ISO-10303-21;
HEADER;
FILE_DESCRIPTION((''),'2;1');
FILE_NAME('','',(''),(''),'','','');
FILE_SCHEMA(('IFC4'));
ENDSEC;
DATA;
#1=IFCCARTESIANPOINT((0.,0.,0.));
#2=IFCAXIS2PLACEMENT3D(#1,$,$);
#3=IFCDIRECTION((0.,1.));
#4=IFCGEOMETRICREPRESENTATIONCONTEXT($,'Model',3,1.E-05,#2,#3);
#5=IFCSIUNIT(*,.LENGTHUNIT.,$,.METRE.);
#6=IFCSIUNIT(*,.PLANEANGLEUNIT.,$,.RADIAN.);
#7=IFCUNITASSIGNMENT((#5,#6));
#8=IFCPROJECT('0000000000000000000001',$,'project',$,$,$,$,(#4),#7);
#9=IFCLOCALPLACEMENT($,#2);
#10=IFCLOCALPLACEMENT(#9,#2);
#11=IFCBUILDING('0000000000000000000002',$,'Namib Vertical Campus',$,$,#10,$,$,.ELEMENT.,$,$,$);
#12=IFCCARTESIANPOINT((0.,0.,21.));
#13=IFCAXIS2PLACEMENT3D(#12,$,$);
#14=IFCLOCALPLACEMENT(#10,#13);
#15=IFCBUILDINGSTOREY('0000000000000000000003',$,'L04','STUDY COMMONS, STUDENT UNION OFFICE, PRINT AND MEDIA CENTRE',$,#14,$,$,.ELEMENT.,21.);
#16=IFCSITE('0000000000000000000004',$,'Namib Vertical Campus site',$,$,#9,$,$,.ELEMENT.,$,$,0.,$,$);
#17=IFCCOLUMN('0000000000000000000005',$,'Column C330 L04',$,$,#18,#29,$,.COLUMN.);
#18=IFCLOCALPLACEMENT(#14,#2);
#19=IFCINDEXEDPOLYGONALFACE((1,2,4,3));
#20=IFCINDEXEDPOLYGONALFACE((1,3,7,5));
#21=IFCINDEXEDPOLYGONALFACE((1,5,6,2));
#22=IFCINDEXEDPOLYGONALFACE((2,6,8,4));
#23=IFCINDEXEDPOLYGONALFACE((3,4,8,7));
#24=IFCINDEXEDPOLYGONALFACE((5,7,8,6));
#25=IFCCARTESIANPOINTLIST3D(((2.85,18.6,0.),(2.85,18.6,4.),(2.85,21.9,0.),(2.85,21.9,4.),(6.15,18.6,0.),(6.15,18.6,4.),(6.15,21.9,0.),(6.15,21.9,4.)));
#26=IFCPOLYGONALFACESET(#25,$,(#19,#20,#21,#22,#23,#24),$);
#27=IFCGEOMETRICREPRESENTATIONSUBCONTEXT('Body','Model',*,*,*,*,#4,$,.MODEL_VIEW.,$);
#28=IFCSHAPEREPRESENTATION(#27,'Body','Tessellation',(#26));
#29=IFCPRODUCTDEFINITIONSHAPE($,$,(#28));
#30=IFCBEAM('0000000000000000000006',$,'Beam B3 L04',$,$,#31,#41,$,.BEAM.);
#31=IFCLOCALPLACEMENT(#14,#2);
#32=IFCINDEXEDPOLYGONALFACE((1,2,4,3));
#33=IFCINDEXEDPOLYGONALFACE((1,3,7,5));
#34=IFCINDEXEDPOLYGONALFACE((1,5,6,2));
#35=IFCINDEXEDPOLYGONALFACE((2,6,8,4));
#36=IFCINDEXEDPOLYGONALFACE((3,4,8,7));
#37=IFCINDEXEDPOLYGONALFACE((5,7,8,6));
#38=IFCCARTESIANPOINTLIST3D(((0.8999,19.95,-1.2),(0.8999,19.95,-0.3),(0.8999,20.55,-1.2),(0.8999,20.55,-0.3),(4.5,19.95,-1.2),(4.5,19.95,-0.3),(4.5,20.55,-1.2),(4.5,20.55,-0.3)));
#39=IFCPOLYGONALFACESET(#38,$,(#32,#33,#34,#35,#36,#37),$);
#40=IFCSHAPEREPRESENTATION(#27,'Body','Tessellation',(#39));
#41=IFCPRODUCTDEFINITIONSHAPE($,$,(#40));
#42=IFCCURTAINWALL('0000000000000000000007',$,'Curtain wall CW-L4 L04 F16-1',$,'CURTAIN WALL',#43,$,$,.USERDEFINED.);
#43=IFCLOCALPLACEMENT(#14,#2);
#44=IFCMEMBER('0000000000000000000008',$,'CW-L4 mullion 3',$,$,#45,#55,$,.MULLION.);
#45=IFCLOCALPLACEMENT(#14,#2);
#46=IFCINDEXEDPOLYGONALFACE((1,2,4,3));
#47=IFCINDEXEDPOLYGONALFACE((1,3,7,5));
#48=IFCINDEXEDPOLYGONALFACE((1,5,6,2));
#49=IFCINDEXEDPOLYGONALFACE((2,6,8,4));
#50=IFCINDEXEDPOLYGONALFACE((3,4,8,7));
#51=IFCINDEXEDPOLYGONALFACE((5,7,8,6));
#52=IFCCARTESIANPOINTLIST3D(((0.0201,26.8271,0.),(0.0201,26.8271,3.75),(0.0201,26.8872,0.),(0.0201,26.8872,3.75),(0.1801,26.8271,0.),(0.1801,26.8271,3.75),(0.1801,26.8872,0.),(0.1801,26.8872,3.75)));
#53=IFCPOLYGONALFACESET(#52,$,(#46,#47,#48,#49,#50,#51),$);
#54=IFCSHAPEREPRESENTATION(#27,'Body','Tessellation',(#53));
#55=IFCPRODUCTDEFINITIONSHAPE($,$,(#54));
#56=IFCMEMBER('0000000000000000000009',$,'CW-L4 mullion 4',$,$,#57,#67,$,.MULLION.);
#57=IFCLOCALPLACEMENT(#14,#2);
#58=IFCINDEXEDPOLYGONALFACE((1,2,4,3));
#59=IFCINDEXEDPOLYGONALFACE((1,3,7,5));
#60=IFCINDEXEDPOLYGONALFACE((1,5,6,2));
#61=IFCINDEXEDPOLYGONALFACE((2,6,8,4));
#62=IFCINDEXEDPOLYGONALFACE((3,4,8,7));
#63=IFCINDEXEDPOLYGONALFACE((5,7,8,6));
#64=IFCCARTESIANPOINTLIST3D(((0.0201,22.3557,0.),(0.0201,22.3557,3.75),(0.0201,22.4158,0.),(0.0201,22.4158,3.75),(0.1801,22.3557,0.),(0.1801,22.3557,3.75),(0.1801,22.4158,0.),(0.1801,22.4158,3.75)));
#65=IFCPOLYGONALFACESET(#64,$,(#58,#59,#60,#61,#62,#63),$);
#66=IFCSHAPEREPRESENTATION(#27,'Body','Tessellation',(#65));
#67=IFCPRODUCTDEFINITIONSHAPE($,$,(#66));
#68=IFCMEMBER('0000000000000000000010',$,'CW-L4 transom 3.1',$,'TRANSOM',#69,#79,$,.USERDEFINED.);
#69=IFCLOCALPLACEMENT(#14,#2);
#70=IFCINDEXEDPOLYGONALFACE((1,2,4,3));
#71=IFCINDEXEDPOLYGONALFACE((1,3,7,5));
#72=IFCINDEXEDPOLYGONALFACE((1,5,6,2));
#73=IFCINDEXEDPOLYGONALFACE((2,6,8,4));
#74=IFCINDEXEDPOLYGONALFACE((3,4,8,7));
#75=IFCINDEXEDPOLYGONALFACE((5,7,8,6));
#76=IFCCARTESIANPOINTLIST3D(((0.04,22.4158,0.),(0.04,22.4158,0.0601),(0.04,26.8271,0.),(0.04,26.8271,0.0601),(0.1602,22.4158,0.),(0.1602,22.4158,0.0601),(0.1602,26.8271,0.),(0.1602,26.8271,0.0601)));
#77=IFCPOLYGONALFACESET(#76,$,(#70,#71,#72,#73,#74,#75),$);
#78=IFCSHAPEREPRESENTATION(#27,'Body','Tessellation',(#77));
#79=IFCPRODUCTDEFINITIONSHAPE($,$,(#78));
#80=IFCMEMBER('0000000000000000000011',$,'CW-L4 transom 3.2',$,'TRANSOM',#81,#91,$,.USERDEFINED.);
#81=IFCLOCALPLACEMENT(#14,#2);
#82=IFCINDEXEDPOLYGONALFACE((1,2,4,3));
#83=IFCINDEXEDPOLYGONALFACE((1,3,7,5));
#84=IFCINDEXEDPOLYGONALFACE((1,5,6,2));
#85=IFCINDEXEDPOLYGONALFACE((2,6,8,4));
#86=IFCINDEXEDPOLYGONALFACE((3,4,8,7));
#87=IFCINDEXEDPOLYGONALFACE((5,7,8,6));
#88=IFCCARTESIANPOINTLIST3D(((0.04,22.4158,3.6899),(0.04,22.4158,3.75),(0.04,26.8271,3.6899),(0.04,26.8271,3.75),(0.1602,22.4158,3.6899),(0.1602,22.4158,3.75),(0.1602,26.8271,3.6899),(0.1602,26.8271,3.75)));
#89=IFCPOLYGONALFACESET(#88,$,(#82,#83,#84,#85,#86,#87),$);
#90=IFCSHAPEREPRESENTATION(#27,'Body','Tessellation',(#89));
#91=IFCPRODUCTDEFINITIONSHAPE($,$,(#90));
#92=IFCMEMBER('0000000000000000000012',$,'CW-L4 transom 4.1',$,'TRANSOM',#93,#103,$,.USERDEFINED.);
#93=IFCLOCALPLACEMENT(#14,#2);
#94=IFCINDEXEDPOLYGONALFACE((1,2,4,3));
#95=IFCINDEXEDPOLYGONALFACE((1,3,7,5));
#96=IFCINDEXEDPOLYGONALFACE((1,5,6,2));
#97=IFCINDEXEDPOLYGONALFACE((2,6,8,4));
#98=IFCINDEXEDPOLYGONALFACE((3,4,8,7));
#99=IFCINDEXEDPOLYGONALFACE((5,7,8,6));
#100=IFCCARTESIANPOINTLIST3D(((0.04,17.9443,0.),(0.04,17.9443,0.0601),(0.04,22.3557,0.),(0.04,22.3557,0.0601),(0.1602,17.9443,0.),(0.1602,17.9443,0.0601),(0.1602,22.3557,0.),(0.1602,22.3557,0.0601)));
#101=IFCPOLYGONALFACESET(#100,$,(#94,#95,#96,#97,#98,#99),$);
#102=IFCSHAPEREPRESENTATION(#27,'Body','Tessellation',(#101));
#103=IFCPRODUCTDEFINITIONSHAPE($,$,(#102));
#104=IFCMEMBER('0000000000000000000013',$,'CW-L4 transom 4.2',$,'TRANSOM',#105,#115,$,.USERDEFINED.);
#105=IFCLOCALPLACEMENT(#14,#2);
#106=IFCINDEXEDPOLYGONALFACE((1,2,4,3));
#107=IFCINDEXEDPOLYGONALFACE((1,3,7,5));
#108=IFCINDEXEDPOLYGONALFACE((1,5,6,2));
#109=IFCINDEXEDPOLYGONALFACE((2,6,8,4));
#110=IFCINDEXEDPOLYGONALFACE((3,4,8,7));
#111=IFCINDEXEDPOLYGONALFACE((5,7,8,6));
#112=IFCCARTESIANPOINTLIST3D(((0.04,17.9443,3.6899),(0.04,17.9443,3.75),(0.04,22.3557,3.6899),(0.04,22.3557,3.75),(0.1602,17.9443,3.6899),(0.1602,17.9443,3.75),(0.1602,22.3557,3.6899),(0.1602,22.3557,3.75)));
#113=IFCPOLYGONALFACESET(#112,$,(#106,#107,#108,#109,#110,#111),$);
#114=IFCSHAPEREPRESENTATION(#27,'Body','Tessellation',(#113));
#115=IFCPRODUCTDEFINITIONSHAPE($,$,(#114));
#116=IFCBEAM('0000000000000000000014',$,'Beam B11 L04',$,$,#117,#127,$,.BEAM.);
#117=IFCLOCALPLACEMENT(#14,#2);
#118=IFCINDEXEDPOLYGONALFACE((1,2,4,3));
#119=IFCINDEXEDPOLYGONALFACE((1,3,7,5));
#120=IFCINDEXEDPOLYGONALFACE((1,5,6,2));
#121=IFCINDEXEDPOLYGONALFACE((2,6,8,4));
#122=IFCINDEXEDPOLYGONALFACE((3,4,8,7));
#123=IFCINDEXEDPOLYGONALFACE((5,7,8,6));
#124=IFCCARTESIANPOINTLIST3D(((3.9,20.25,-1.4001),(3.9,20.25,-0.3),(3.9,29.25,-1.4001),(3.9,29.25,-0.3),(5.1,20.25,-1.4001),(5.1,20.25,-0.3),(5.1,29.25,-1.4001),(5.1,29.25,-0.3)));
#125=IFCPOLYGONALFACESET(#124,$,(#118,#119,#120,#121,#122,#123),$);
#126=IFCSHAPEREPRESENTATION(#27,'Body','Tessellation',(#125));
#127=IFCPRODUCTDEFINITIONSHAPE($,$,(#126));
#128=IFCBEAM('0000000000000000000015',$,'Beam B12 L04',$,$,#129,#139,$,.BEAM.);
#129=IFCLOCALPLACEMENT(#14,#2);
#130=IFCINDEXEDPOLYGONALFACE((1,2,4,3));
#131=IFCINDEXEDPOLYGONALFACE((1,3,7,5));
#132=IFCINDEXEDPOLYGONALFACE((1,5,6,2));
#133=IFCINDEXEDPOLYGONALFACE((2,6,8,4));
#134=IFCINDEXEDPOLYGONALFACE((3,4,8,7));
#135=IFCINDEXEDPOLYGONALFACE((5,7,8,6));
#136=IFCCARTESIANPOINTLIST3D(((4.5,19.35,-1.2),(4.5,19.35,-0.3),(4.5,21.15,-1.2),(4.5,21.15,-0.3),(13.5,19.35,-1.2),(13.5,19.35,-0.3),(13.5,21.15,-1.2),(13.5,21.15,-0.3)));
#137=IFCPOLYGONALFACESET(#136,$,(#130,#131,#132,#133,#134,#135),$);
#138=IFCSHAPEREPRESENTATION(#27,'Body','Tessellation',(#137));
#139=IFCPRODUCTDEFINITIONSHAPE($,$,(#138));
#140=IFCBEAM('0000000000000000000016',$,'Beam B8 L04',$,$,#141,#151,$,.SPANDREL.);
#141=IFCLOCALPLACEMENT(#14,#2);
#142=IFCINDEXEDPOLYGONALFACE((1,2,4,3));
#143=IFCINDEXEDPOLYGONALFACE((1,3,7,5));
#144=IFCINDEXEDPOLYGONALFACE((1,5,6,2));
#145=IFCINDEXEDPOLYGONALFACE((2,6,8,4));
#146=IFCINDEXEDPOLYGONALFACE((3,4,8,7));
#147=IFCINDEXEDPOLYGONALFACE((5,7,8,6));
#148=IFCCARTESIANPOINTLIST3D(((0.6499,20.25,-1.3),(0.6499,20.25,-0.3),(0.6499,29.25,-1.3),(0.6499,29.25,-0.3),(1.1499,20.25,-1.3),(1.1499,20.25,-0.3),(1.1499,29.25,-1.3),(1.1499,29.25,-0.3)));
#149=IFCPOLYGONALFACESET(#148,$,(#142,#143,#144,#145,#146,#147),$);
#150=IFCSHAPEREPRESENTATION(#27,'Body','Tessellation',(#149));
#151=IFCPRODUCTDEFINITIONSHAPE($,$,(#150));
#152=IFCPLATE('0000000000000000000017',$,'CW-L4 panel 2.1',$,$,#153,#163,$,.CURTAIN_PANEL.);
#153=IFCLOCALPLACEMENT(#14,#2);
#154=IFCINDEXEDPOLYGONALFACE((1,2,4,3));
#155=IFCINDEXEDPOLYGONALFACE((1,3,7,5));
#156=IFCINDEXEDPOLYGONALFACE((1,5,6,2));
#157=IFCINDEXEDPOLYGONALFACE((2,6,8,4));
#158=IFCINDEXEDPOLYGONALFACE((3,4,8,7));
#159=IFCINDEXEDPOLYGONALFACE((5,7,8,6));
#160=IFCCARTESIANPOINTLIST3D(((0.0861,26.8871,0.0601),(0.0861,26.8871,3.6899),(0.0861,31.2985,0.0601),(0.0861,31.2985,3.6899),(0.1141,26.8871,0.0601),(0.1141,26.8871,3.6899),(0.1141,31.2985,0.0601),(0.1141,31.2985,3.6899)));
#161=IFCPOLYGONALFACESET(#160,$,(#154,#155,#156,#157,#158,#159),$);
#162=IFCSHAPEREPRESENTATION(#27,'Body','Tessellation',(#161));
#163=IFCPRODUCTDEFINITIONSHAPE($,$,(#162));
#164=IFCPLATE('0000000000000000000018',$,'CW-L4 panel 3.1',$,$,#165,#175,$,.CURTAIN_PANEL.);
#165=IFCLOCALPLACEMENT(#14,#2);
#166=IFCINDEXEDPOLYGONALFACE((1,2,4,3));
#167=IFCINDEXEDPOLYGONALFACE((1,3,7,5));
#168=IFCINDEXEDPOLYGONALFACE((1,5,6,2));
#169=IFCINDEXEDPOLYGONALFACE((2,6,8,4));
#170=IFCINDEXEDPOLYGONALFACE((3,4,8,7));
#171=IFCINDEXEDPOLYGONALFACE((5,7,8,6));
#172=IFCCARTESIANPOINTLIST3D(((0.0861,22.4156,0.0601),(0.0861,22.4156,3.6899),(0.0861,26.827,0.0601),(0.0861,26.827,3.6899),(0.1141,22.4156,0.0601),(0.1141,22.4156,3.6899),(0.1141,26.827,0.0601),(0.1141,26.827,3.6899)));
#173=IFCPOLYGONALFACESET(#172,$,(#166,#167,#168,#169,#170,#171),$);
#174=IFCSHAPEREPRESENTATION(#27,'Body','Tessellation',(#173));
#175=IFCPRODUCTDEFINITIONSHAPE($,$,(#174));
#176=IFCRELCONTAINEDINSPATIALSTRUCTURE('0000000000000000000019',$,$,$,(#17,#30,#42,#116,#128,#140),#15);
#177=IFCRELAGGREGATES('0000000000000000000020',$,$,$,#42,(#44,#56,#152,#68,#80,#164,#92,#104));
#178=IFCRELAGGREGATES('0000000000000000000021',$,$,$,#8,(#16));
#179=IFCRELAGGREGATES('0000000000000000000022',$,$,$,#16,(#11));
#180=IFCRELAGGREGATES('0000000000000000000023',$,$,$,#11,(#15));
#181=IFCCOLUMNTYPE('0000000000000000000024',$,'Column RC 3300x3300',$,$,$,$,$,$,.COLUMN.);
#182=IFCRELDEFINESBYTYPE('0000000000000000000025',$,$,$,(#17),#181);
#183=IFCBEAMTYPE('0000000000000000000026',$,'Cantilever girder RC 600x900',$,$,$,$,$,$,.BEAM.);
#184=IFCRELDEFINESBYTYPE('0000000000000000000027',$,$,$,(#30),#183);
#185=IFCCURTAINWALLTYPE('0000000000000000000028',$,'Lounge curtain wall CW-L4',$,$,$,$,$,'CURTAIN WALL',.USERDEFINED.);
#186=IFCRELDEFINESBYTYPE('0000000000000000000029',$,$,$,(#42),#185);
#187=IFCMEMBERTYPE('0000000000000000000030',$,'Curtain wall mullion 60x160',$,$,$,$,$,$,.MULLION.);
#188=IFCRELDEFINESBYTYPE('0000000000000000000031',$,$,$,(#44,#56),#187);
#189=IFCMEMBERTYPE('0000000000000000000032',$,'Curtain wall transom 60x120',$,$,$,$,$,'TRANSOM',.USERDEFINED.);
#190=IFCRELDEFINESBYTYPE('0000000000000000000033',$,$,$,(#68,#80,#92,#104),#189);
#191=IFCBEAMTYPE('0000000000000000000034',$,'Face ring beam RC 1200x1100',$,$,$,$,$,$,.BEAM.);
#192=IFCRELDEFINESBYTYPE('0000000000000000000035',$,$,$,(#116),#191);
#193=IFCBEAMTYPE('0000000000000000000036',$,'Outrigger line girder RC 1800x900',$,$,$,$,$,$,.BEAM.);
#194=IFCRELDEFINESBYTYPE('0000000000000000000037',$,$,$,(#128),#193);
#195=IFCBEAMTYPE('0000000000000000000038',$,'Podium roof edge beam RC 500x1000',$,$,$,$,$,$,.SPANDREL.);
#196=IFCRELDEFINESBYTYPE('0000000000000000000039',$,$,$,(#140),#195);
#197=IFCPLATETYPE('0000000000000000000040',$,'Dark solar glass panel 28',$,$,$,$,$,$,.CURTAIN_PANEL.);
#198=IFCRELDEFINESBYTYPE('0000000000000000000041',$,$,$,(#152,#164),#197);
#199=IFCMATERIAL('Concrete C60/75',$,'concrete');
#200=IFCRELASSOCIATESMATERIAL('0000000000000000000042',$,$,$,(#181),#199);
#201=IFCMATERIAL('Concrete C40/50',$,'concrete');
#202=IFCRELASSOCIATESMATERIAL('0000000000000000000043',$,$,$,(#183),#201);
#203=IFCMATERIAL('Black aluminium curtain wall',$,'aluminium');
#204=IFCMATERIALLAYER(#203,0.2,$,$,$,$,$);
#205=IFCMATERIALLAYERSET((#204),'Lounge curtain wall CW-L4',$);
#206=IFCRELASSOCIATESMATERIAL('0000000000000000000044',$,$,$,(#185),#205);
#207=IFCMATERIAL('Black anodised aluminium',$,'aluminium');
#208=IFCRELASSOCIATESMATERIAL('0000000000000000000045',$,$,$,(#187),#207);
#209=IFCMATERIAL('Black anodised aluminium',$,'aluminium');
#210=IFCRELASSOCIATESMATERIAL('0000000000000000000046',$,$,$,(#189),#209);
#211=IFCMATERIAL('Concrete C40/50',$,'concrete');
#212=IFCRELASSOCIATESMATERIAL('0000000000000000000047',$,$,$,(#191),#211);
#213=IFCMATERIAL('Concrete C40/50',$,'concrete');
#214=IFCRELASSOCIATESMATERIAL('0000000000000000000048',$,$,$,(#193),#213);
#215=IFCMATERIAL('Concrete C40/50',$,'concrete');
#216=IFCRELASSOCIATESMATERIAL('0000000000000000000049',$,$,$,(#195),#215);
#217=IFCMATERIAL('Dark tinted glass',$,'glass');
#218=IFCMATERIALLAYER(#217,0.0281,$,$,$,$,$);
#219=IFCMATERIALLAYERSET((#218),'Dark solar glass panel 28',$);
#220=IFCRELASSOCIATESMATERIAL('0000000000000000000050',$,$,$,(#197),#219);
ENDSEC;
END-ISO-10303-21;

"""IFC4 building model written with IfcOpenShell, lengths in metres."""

from ifc_helpers import new_model, si_unit, direction, frame, origin, origin_2d, place, context, subcontext, project, spatial, rectangle, extrude, material, layer, layer_set, material_profile, profile_set, type_object, element, aggregate, save


model = new_model("IFC4")

# Units and contexts
model_context = context("Model", 3, precision=1e-05, world=origin(), true_north=direction((0.0, 1.0)))
body_context = subcontext(model_context, "Body", "Model", "MODEL_VIEW")
ifc_project = project(units=[si_unit("LENGTHUNIT", "METRE"), si_unit("PLANEANGLEUNIT", "RADIAN")], contexts=[model_context])

# Site, building, storey
site_placement = place(None, origin())
site = spatial("IfcSite", under=ifc_project, at=site_placement, Name="Namib Vertical Campus site", CompositionType="ELEMENT", RefElevation=0.0)
building_placement = place(site_placement, origin())
building = spatial("IfcBuilding", under=site, at=building_placement, Name="Namib Vertical Campus", CompositionType="ELEMENT")
storey_placement = place(building_placement, frame((0.0, 0.0, 21.0)))
storey = spatial("IfcBuildingStorey", under=building, at=storey_placement, Name="L04", Description="STUDY COMMONS, STUDENT UNION OFFICE, PRINT AND MEDIA CENTRE", CompositionType="ELEMENT", Elevation=21.0)

# Column
ifc_material_1 = material(Name="Concrete C60/75", Category="concrete")
ifc_material_profile_1 = material_profile(ifc_material_1, rectangle(XDim=3.3, YDim=3.3, at=origin_2d()))
ifc_profile_set_1 = profile_set([ifc_material_profile_1], Name="Concrete C60/75")
column_type = type_object("IfcColumnType", Name="Column RC 3300x3300", PredefinedType="COLUMN", material=ifc_profile_set_1)
column_placement = place(storey_placement, frame((4.5, 20.25, 0.0), z_axis=(0.0, 0.0, 1.0), x_axis=(1.0, 0.0, 0.0)))
element("IfcColumn", 1, at=column_placement, inside=storey, type_object=column_type, Name="Column C330 L04", PredefinedType="COLUMN", context=body_context, shape_type="SweptSolid", body=[
    extrude(rectangle(XDim=3.3, YDim=3.3, at=origin_2d()), origin(), (0.0, 0.0, 1.0), 4.0),
])

# Beam
ifc_material_2 = material(Name="Concrete C40/50", Category="concrete")
ifc_material_profile_2 = material_profile(ifc_material_2, rectangle(XDim=0.6001, YDim=0.8999, at=origin_2d()))
ifc_profile_set_2 = profile_set([ifc_material_profile_2], Name="Concrete C40/50")
beam_type_1 = type_object("IfcBeamType", Name="Cantilever girder RC 600x900", PredefinedType="BEAM", material=ifc_profile_set_2)
beam_1_placement = place(storey_placement, frame((4.5, 20.25, -0.75), z_axis=(-1.0, 0.0, 0.0), x_axis=(0.0, -1.0, 0.0)))
element("IfcBeam", 2, at=beam_1_placement, inside=storey, type_object=beam_type_1, Name="Beam B3 L04", PredefinedType="BEAM", context=body_context, shape_type="SweptSolid", body=[
    extrude(rectangle(XDim=0.6001, YDim=0.8999, at=origin_2d()), origin(), (0.0, 0.0, 1.0), 3.6001),
])

# Curtain wall, members
ifc_material_3 = material(Name="Black aluminium curtain wall", Category="aluminium")
ifc_layer_1 = layer(ifc_material_3, 0.2)
ifc_layer_set_1 = layer_set([ifc_layer_1], Name="Lounge curtain wall CW-L4")
curtain_wall_type = type_object("IfcCurtainWallType", Name="Lounge curtain wall CW-L4", ElementType="CURTAIN WALL", PredefinedType="USERDEFINED", material=ifc_layer_set_1)
curtain_wall_placement = place(storey_placement, origin())
curtain_wall = element("IfcCurtainWall", 3, at=curtain_wall_placement, inside=storey, type_object=curtain_wall_type, Name="Curtain wall CW-L4 L04 F16-1", ObjectType="CURTAIN WALL", PredefinedType="USERDEFINED")
ifc_material_4 = material(Name="Black anodised aluminium", Category="aluminium")
ifc_material_profile_3 = material_profile(ifc_material_4, rectangle(XDim=0.0601, YDim=0.1599, at=origin_2d()))
ifc_profile_set_3 = profile_set([ifc_material_profile_3], Name="Black anodised aluminium")
member_type_1 = type_object("IfcMemberType", Name="Curtain wall mullion 60x160", PredefinedType="MULLION", material=ifc_profile_set_3)
member_1_placement = place(storey_placement, frame((0.1001, 26.8572, 0.0), z_axis=(0.0, 0.0, 1.0), x_axis=(0.0, -1.0, 0.0)))
member_1 = element("IfcMember", 4, at=member_1_placement, type_object=member_type_1, Name="CW-L4 mullion 3", PredefinedType="MULLION", context=body_context, shape_type="SweptSolid", body=[
    extrude(rectangle(XDim=0.0601, YDim=0.1599, at=origin_2d()), origin(), (0.0, 0.0, 1.0), 3.75),
])
member_2_placement = place(storey_placement, frame((0.1001, 22.3857, 0.0), z_axis=(0.0, 0.0, 1.0), x_axis=(0.0, -1.0, 0.0)))
member_2 = element("IfcMember", 5, at=member_2_placement, type_object=member_type_1, Name="CW-L4 mullion 4", PredefinedType="MULLION", context=body_context, shape_type="SweptSolid", body=[
    extrude(rectangle(XDim=0.0601, YDim=0.1599, at=origin_2d()), origin(), (0.0, 0.0, 1.0), 3.75),
])
ifc_material_5 = material(Name="Black anodised aluminium", Category="aluminium")
ifc_material_profile_4 = material_profile(ifc_material_5, rectangle(XDim=0.0601, YDim=0.1201, at=origin_2d()))
ifc_profile_set_4 = profile_set([ifc_material_profile_4], Name="Black anodised aluminium")
member_type_2 = type_object("IfcMemberType", Name="Curtain wall transom 60x120", ElementType="TRANSOM", PredefinedType="USERDEFINED", material=ifc_profile_set_4)
member_3_placement = place(storey_placement, frame((0.1001, 26.8271, 0.03), z_axis=(0.0, -1.0, 0.0), x_axis=(0.0, 0.0, 1.0)))
member_3 = element("IfcMember", 6, at=member_3_placement, type_object=member_type_2, Name="CW-L4 transom 3.1", ObjectType="TRANSOM", PredefinedType="USERDEFINED", context=body_context, shape_type="SweptSolid", body=[
    extrude(rectangle(XDim=0.0601, YDim=0.1201, at=origin_2d()), origin(), (0.0, 0.0, 1.0), 4.4114),
])
member_4_placement = place(storey_placement, frame((0.1001, 26.8271, 3.72), z_axis=(0.0, -1.0, 0.0), x_axis=(0.0, 0.0, 1.0)))
member_4 = element("IfcMember", 7, at=member_4_placement, type_object=member_type_2, Name="CW-L4 transom 3.2", ObjectType="TRANSOM", PredefinedType="USERDEFINED", context=body_context, shape_type="SweptSolid", body=[
    extrude(rectangle(XDim=0.0601, YDim=0.1201, at=origin_2d()), origin(), (0.0, 0.0, 1.0), 4.4114),
])
member_5_placement = place(storey_placement, frame((0.1001, 22.3557, 0.03), z_axis=(0.0, -1.0, 0.0), x_axis=(0.0, 0.0, 1.0)))
member_5 = element("IfcMember", 8, at=member_5_placement, type_object=member_type_2, Name="CW-L4 transom 4.1", ObjectType="TRANSOM", PredefinedType="USERDEFINED", context=body_context, shape_type="SweptSolid", body=[
    extrude(rectangle(XDim=0.0601, YDim=0.1201, at=origin_2d()), origin(), (0.0, 0.0, 1.0), 4.4114),
])
member_6_placement = place(storey_placement, frame((0.1001, 22.3557, 3.72), z_axis=(0.0, -1.0, 0.0), x_axis=(0.0, 0.0, 1.0)))
member_6 = element("IfcMember", 9, at=member_6_placement, type_object=member_type_2, Name="CW-L4 transom 4.2", ObjectType="TRANSOM", PredefinedType="USERDEFINED", context=body_context, shape_type="SweptSolid", body=[
    extrude(rectangle(XDim=0.0601, YDim=0.1201, at=origin_2d()), origin(), (0.0, 0.0, 1.0), 4.4114),
])

# Beams
ifc_material_6 = material(Name="Concrete C40/50", Category="concrete")
ifc_material_profile_5 = material_profile(ifc_material_6, rectangle(XDim=1.2, YDim=1.1001, at=origin_2d()))
ifc_profile_set_5 = profile_set([ifc_material_profile_5], Name="Concrete C40/50")
beam_type_2 = type_object("IfcBeamType", Name="Face ring beam RC 1200x1100", PredefinedType="BEAM", material=ifc_profile_set_5)
beam_2_placement = place(storey_placement, frame((4.5, 20.25, -0.8501), z_axis=(0.0, 1.0, 0.0), x_axis=(-1.0, 0.0, 0.0)))
element("IfcBeam", 10, at=beam_2_placement, inside=storey, type_object=beam_type_2, Name="Beam B11 L04", PredefinedType="BEAM", context=body_context, shape_type="SweptSolid", body=[
    extrude(rectangle(XDim=1.2, YDim=1.1001, at=origin_2d()), origin(), (0.0, 0.0, 1.0), 9.0),
])
ifc_material_7 = material(Name="Concrete C40/50", Category="concrete")
ifc_material_profile_6 = material_profile(ifc_material_7, rectangle(XDim=1.8, YDim=0.8999, at=origin_2d()))
ifc_profile_set_6 = profile_set([ifc_material_profile_6], Name="Concrete C40/50")
beam_type_3 = type_object("IfcBeamType", Name="Outrigger line girder RC 1800x900", PredefinedType="BEAM", material=ifc_profile_set_6)
beam_3_placement = place(storey_placement, frame((4.5, 20.25, -0.75), z_axis=(1.0, 0.0, 0.0), x_axis=(0.0, 1.0, 0.0)))
element("IfcBeam", 11, at=beam_3_placement, inside=storey, type_object=beam_type_3, Name="Beam B12 L04", PredefinedType="BEAM", context=body_context, shape_type="SweptSolid", body=[
    extrude(rectangle(XDim=1.8, YDim=0.8999, at=origin_2d()), origin(), (0.0, 0.0, 1.0), 9.0),
])
ifc_material_8 = material(Name="Concrete C40/50", Category="concrete")
ifc_material_profile_7 = material_profile(ifc_material_8, rectangle(XDim=0.5, YDim=1.0, at=origin_2d()))
ifc_profile_set_7 = profile_set([ifc_material_profile_7], Name="Concrete C40/50")
beam_type_4 = type_object("IfcBeamType", Name="Podium roof edge beam RC 500x1000", PredefinedType="SPANDREL", material=ifc_profile_set_7)
beam_4_placement = place(storey_placement, frame((0.8999, 20.25, -0.8), z_axis=(0.0, 1.0, 0.0), x_axis=(-1.0, 0.0, 0.0)))
element("IfcBeam", 12, at=beam_4_placement, inside=storey, type_object=beam_type_4, Name="Beam B8 L04", PredefinedType="SPANDREL", context=body_context, shape_type="SweptSolid", body=[
    extrude(rectangle(XDim=0.5, YDim=1.0, at=origin_2d()), origin(), (0.0, 0.0, 1.0), 9.0),
])

# Plates
ifc_material_9 = material(Name="Dark tinted glass", Category="glass")
ifc_layer_2 = layer(ifc_material_9, 0.0281)
ifc_layer_set_2 = layer_set([ifc_layer_2], Name="Dark solar glass panel 28")
plate_type = type_object("IfcPlateType", Name="Dark solar glass panel 28", PredefinedType="CURTAIN_PANEL", material=ifc_layer_set_2)
plate_1_placement = place(storey_placement, frame((0.1001, 29.0928, 0.0601), z_axis=(0.0, 0.0, 1.0), x_axis=(0.0, -1.0, 0.0)))
plate_1 = element("IfcPlate", 13, at=plate_1_placement, type_object=plate_type, Name="CW-L4 panel 2.1", PredefinedType="CURTAIN_PANEL", context=body_context, shape_type="SweptSolid", body=[
    extrude(rectangle(XDim=4.4114, YDim=0.0281, at=origin_2d()), origin(), (0.0, 0.0, 1.0), 3.6299),
])
plate_2_placement = place(storey_placement, frame((0.1001, 24.6213, 0.0601), z_axis=(0.0, 0.0, 1.0), x_axis=(0.0, -1.0, 0.0)))
plate_2 = element("IfcPlate", 14, at=plate_2_placement, type_object=plate_type, Name="CW-L4 panel 3.1", PredefinedType="CURTAIN_PANEL", context=body_context, shape_type="SweptSolid", body=[
    extrude(rectangle(XDim=4.4114, YDim=0.0281, at=origin_2d()), origin(), (0.0, 0.0, 1.0), 3.6299),
])
aggregate(curtain_wall, [member_1, member_2, plate_1, member_3, member_4, plate_2, member_5, member_6])

save(model, "model.ifc")
